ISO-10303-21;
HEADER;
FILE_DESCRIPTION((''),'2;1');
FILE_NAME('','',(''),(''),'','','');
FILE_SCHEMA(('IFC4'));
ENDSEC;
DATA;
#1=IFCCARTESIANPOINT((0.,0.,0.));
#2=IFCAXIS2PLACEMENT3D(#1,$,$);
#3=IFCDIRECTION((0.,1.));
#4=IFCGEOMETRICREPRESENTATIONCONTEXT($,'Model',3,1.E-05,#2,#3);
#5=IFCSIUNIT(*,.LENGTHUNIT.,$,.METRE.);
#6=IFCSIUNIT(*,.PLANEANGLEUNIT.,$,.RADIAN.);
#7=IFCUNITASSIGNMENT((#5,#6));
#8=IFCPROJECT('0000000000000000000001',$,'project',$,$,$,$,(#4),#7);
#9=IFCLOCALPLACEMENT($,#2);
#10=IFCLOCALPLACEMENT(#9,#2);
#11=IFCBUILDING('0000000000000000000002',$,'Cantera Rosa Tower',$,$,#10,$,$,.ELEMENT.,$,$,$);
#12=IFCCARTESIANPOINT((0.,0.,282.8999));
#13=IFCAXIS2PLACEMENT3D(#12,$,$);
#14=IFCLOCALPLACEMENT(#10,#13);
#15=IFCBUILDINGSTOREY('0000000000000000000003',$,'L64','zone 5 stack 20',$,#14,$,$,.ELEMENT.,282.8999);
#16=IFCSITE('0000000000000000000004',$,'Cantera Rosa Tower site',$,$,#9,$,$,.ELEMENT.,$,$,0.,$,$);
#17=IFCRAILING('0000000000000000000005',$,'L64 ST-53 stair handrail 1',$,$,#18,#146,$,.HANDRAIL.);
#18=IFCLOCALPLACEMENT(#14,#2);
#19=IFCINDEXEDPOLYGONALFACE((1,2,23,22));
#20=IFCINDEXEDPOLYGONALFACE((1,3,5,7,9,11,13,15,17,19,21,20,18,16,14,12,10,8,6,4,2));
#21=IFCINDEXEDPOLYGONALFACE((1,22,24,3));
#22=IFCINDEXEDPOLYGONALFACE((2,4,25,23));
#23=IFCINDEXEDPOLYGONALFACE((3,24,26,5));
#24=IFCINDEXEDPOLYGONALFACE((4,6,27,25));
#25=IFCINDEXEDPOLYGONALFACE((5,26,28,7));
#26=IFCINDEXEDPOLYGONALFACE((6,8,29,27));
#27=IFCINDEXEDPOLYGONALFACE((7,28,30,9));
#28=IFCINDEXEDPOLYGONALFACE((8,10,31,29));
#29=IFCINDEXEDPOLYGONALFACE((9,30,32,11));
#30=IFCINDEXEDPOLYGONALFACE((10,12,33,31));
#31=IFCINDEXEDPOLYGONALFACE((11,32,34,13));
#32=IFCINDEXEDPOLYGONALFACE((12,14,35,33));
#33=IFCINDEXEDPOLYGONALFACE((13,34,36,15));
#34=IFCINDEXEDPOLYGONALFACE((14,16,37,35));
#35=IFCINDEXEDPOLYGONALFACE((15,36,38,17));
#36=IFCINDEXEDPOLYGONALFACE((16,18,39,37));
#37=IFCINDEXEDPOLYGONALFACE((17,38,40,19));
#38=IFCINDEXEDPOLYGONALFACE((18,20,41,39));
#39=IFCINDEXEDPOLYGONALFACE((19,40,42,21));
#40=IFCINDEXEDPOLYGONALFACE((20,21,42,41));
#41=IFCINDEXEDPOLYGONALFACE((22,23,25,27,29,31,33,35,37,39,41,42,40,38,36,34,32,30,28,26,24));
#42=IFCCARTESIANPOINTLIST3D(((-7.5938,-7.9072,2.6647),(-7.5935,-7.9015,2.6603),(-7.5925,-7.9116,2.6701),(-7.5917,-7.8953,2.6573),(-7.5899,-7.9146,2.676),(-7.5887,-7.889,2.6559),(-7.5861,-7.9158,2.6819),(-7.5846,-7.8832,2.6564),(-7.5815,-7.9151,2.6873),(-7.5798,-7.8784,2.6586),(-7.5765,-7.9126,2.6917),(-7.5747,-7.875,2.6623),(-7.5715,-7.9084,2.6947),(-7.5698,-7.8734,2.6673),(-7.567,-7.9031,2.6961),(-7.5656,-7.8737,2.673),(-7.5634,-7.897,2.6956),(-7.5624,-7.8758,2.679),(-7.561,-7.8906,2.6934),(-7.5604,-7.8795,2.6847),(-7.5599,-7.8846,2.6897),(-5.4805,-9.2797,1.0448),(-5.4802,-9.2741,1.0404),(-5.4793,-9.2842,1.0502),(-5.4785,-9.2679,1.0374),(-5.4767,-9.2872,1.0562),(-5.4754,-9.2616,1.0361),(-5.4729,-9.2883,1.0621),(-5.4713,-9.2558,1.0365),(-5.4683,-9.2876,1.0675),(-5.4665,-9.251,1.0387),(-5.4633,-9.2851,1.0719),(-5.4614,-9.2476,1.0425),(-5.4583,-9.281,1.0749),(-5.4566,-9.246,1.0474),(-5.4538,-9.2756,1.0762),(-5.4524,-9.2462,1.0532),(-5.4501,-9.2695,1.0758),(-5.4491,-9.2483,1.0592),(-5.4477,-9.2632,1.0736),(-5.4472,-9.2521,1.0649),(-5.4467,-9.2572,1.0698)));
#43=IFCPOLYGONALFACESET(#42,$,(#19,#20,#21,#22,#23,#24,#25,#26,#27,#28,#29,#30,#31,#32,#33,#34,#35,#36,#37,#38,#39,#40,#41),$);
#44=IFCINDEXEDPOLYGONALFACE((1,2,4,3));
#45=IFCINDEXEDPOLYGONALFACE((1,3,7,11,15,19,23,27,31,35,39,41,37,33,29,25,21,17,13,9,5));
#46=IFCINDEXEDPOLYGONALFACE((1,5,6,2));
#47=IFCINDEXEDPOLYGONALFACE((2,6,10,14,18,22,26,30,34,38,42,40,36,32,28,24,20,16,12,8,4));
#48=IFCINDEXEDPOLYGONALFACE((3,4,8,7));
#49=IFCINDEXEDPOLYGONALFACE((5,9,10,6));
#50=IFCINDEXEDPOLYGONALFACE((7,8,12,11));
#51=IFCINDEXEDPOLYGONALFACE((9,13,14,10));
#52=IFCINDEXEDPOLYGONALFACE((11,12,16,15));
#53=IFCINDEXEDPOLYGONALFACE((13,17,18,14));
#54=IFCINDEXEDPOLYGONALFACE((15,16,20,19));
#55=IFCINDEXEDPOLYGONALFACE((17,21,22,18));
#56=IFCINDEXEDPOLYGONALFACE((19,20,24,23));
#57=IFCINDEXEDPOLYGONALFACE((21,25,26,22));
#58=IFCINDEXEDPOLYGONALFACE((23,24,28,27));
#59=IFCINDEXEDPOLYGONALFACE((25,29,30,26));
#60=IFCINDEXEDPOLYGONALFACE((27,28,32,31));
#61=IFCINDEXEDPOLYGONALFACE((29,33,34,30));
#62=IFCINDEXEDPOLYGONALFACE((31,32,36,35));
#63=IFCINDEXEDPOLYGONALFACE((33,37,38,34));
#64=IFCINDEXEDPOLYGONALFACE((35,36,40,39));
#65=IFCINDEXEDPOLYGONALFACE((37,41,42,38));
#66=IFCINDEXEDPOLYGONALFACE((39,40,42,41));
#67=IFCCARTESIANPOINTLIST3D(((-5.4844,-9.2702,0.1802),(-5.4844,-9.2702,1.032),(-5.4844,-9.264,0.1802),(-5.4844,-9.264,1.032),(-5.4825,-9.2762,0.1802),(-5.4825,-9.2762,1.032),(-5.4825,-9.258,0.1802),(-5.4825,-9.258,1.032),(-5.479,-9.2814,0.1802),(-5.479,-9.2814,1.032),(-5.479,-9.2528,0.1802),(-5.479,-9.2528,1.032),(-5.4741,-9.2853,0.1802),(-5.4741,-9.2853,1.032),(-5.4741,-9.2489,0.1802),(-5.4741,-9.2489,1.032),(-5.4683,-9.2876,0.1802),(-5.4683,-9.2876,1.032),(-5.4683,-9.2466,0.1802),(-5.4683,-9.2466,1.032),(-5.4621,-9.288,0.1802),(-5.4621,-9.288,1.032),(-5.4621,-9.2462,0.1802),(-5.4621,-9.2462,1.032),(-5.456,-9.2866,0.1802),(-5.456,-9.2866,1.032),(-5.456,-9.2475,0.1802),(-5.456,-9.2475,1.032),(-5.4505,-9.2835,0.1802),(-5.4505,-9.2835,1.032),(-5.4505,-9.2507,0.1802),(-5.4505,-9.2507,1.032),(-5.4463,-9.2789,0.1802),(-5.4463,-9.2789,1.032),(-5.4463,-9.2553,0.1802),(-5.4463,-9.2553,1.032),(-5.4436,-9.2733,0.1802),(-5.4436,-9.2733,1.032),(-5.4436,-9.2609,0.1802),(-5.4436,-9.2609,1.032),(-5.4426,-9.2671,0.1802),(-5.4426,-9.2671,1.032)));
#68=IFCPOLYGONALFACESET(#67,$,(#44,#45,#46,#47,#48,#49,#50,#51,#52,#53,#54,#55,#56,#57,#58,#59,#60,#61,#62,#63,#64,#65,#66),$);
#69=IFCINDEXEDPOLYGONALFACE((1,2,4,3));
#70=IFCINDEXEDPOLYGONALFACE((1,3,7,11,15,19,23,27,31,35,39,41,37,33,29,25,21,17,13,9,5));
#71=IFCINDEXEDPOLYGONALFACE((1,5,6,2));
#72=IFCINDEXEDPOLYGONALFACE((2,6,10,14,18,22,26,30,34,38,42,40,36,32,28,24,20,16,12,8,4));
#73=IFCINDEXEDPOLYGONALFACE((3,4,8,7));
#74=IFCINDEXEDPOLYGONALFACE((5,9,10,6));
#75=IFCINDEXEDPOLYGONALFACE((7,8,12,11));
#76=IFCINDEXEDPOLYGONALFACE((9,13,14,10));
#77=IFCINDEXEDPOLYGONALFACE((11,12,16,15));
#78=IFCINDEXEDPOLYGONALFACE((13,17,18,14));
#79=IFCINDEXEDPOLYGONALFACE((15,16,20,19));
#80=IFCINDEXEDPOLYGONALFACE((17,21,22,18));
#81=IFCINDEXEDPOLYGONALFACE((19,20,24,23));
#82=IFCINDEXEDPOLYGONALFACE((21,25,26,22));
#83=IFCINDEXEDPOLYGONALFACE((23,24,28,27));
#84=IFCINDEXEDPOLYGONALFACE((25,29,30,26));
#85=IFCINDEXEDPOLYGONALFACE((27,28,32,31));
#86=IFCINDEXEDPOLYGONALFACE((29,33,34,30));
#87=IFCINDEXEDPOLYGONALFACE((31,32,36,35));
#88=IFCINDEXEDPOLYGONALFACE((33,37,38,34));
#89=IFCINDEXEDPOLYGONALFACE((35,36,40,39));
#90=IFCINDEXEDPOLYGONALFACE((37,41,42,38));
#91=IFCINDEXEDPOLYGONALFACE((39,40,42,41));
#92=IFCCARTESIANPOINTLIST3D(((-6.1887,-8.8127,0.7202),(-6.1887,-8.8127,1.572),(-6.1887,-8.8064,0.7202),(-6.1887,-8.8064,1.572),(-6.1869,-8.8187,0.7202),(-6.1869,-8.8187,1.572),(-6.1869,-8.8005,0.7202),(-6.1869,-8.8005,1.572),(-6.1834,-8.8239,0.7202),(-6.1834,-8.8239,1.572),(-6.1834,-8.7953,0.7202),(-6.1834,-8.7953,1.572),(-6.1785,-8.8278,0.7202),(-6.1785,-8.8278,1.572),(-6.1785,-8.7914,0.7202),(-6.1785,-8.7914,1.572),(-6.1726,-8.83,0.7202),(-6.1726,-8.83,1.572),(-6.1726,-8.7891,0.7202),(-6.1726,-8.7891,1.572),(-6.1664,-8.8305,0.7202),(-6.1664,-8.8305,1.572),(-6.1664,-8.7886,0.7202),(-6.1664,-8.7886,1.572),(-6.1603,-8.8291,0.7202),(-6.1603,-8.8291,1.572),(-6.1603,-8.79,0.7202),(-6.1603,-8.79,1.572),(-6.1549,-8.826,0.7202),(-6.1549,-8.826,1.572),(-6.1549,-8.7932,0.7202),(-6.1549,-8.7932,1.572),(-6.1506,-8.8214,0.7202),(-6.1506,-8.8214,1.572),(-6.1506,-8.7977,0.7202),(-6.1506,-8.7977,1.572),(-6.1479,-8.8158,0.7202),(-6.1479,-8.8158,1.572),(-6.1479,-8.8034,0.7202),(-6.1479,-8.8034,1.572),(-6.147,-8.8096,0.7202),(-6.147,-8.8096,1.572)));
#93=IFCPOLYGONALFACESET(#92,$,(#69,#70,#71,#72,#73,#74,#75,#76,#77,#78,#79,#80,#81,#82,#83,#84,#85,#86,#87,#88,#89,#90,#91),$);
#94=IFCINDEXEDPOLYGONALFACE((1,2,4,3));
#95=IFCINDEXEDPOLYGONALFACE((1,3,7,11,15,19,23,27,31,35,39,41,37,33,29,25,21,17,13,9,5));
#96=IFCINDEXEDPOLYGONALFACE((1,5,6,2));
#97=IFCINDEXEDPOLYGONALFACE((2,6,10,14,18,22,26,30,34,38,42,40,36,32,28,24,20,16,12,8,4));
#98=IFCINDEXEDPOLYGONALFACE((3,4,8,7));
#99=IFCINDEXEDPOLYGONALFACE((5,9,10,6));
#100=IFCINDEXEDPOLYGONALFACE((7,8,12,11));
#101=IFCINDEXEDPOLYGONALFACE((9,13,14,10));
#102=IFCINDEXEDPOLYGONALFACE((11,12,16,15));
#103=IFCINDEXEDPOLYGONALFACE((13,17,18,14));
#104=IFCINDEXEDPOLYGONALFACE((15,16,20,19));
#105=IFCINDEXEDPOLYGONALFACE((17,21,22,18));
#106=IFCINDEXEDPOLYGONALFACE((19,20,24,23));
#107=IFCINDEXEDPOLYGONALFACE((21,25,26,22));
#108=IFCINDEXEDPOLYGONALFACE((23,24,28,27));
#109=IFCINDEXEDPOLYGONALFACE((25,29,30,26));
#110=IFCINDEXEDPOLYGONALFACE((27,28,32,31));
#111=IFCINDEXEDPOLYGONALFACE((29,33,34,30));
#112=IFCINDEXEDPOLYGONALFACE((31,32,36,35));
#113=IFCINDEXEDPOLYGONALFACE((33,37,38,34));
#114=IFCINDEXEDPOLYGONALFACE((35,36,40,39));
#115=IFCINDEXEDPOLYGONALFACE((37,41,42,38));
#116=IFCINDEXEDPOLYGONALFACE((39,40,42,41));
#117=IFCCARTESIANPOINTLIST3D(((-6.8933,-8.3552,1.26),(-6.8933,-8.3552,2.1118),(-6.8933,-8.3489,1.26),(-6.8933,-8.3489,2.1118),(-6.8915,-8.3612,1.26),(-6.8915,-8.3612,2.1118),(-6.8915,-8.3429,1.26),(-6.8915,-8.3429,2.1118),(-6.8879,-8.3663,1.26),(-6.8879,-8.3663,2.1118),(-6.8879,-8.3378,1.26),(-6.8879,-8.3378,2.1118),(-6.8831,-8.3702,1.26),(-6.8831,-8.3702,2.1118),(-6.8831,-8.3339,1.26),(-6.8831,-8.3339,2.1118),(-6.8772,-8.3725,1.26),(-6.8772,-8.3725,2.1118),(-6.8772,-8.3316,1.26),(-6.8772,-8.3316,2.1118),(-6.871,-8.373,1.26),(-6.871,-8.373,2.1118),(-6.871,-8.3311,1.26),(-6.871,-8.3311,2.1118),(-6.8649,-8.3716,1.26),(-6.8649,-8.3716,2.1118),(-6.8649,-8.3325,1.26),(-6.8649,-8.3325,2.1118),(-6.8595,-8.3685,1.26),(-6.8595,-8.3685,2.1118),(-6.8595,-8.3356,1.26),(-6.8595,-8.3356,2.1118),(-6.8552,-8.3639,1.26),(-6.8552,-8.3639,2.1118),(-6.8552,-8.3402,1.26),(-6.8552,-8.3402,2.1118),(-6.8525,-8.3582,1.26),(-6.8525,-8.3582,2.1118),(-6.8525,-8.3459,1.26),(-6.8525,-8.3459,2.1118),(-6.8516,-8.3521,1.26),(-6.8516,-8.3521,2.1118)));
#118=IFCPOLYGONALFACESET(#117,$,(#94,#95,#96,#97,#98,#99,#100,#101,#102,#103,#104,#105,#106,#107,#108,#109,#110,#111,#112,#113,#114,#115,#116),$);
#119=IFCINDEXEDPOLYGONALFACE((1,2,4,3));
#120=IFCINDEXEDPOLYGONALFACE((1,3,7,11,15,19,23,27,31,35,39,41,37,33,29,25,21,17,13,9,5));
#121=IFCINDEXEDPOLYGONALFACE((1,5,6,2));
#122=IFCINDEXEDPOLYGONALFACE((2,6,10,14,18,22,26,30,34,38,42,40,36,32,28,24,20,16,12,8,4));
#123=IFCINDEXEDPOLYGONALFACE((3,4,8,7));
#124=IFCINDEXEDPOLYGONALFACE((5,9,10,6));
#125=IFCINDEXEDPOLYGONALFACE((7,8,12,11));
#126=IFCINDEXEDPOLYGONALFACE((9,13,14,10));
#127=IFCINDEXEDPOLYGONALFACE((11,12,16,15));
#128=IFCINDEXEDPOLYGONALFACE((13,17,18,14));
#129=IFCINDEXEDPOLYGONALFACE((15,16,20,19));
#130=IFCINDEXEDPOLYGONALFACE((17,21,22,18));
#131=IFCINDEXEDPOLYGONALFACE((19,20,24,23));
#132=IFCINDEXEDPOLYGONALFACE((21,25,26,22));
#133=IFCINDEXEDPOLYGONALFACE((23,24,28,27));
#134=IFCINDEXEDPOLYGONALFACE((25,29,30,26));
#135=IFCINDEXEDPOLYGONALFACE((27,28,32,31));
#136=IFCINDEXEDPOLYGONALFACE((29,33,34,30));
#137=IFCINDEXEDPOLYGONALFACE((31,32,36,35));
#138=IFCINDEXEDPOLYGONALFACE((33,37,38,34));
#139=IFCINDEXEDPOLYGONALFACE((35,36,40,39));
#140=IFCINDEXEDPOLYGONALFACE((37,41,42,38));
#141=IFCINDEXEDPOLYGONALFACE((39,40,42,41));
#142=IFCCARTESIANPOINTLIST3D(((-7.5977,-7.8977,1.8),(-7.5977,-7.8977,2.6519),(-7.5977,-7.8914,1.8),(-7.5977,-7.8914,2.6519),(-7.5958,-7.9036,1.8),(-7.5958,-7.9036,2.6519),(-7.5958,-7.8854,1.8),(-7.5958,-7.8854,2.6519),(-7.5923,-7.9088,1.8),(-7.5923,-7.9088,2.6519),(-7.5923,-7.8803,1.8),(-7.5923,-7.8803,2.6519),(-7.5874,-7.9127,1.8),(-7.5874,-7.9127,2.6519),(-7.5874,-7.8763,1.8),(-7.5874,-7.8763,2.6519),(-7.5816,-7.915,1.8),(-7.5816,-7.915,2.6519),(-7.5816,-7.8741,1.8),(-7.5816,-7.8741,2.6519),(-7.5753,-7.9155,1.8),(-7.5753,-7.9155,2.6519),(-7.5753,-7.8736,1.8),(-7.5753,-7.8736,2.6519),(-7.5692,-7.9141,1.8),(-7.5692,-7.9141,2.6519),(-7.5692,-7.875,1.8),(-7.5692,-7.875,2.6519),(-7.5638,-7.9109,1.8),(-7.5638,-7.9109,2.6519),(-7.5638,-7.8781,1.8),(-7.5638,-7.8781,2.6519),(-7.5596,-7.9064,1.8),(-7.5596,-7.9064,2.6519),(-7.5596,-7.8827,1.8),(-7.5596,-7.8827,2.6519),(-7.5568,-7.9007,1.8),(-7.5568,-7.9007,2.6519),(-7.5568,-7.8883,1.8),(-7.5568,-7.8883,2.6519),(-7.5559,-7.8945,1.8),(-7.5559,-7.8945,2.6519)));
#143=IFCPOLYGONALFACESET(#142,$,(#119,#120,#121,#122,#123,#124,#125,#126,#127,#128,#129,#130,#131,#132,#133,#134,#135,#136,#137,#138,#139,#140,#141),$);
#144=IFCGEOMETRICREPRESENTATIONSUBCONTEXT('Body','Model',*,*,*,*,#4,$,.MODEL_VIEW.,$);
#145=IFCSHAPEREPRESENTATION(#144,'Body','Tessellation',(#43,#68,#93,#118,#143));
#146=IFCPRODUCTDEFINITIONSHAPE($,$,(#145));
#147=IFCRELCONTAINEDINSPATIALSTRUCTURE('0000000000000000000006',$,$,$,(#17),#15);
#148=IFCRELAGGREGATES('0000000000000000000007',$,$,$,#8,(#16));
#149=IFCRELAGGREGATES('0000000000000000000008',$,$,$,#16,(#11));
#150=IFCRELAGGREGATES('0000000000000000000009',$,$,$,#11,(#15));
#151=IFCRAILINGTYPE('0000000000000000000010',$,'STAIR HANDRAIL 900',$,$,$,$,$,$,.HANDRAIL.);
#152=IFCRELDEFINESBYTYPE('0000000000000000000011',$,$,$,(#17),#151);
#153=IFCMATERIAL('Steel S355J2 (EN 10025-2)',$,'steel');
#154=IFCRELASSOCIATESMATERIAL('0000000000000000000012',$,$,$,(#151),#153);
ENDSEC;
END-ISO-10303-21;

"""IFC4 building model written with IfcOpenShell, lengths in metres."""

from ifc_helpers import new_model, si_unit, direction, frame, origin, origin_2d, place, context, subcontext, project, spatial, circle, extrude, material, type_object, element, save


model = new_model("IFC4")

# Units and contexts
model_context = context("Model", 3, precision=1e-05, world=origin(), true_north=direction((0.0, 1.0)))
body_context = subcontext(model_context, "Body", "Model", "MODEL_VIEW")
ifc_project = project(units=[si_unit("LENGTHUNIT", "METRE"), si_unit("PLANEANGLEUNIT", "RADIAN")], contexts=[model_context])

# Site, building, storey
site_placement = place(None, origin())
site = spatial("IfcSite", under=ifc_project, at=site_placement, Name="Cantera Rosa Tower site", CompositionType="ELEMENT", RefElevation=0.0)
building_placement = place(site_placement, origin())
building = spatial("IfcBuilding", under=site, at=building_placement, Name="Cantera Rosa Tower", CompositionType="ELEMENT")
storey_placement = place(building_placement, frame((0.0, 0.0, 282.8999)))
storey = spatial("IfcBuildingStorey", under=building, at=storey_placement, Name="L64", Description="zone 5 stack 20", CompositionType="ELEMENT", Elevation=282.8999)

# Railing
ifc_material_1 = material(Name="Steel S355J2 (EN 10025-2)", Category="steel")
railing_type_1 = type_object("IfcRailingType", Name="STAIR HANDRAIL 900", PredefinedType="HANDRAIL", material=ifc_material_1)
railing_1_placement = place(storey_placement, frame((-5.4636, -9.2671, 0.1802)))
element("IfcRailing", 1, at=railing_1_placement, inside=storey, type_object=railing_type_1, Name="L64 ST-53 stair handrail 1", PredefinedType="HANDRAIL", context=body_context, shape_type="SweptSolid", body=[
    extrude(circle(Radius=0.0239, at=origin_2d()), frame((0.0, 0.0, 0.876), z_axis=(-0.705452, 0.458185, 0.540743), x_axis=(-0.544689, -0.838638, 0.0)), (0.0, 0.0, 1.0), 2.9956),
    extrude(circle(Radius=0.021, at=origin_2d()), origin(), (0.0, 0.0, 1.0), 0.8518),
    extrude(circle(Radius=0.021, at=origin_2d()), frame((-0.7043, 0.4575, 0.54)), (0.0, 0.0, 1.0), 0.8518),
    extrude(circle(Radius=0.021, at=origin_2d()), frame((-1.4089, 0.915, 1.0798)), (0.0, 0.0, 1.0), 0.8518),
    extrude(circle(Radius=0.021, at=origin_2d()), frame((-2.1133, 1.3726, 1.6199)), (0.0, 0.0, 1.0), 0.8518),
])

save(model, "model.ifc")
